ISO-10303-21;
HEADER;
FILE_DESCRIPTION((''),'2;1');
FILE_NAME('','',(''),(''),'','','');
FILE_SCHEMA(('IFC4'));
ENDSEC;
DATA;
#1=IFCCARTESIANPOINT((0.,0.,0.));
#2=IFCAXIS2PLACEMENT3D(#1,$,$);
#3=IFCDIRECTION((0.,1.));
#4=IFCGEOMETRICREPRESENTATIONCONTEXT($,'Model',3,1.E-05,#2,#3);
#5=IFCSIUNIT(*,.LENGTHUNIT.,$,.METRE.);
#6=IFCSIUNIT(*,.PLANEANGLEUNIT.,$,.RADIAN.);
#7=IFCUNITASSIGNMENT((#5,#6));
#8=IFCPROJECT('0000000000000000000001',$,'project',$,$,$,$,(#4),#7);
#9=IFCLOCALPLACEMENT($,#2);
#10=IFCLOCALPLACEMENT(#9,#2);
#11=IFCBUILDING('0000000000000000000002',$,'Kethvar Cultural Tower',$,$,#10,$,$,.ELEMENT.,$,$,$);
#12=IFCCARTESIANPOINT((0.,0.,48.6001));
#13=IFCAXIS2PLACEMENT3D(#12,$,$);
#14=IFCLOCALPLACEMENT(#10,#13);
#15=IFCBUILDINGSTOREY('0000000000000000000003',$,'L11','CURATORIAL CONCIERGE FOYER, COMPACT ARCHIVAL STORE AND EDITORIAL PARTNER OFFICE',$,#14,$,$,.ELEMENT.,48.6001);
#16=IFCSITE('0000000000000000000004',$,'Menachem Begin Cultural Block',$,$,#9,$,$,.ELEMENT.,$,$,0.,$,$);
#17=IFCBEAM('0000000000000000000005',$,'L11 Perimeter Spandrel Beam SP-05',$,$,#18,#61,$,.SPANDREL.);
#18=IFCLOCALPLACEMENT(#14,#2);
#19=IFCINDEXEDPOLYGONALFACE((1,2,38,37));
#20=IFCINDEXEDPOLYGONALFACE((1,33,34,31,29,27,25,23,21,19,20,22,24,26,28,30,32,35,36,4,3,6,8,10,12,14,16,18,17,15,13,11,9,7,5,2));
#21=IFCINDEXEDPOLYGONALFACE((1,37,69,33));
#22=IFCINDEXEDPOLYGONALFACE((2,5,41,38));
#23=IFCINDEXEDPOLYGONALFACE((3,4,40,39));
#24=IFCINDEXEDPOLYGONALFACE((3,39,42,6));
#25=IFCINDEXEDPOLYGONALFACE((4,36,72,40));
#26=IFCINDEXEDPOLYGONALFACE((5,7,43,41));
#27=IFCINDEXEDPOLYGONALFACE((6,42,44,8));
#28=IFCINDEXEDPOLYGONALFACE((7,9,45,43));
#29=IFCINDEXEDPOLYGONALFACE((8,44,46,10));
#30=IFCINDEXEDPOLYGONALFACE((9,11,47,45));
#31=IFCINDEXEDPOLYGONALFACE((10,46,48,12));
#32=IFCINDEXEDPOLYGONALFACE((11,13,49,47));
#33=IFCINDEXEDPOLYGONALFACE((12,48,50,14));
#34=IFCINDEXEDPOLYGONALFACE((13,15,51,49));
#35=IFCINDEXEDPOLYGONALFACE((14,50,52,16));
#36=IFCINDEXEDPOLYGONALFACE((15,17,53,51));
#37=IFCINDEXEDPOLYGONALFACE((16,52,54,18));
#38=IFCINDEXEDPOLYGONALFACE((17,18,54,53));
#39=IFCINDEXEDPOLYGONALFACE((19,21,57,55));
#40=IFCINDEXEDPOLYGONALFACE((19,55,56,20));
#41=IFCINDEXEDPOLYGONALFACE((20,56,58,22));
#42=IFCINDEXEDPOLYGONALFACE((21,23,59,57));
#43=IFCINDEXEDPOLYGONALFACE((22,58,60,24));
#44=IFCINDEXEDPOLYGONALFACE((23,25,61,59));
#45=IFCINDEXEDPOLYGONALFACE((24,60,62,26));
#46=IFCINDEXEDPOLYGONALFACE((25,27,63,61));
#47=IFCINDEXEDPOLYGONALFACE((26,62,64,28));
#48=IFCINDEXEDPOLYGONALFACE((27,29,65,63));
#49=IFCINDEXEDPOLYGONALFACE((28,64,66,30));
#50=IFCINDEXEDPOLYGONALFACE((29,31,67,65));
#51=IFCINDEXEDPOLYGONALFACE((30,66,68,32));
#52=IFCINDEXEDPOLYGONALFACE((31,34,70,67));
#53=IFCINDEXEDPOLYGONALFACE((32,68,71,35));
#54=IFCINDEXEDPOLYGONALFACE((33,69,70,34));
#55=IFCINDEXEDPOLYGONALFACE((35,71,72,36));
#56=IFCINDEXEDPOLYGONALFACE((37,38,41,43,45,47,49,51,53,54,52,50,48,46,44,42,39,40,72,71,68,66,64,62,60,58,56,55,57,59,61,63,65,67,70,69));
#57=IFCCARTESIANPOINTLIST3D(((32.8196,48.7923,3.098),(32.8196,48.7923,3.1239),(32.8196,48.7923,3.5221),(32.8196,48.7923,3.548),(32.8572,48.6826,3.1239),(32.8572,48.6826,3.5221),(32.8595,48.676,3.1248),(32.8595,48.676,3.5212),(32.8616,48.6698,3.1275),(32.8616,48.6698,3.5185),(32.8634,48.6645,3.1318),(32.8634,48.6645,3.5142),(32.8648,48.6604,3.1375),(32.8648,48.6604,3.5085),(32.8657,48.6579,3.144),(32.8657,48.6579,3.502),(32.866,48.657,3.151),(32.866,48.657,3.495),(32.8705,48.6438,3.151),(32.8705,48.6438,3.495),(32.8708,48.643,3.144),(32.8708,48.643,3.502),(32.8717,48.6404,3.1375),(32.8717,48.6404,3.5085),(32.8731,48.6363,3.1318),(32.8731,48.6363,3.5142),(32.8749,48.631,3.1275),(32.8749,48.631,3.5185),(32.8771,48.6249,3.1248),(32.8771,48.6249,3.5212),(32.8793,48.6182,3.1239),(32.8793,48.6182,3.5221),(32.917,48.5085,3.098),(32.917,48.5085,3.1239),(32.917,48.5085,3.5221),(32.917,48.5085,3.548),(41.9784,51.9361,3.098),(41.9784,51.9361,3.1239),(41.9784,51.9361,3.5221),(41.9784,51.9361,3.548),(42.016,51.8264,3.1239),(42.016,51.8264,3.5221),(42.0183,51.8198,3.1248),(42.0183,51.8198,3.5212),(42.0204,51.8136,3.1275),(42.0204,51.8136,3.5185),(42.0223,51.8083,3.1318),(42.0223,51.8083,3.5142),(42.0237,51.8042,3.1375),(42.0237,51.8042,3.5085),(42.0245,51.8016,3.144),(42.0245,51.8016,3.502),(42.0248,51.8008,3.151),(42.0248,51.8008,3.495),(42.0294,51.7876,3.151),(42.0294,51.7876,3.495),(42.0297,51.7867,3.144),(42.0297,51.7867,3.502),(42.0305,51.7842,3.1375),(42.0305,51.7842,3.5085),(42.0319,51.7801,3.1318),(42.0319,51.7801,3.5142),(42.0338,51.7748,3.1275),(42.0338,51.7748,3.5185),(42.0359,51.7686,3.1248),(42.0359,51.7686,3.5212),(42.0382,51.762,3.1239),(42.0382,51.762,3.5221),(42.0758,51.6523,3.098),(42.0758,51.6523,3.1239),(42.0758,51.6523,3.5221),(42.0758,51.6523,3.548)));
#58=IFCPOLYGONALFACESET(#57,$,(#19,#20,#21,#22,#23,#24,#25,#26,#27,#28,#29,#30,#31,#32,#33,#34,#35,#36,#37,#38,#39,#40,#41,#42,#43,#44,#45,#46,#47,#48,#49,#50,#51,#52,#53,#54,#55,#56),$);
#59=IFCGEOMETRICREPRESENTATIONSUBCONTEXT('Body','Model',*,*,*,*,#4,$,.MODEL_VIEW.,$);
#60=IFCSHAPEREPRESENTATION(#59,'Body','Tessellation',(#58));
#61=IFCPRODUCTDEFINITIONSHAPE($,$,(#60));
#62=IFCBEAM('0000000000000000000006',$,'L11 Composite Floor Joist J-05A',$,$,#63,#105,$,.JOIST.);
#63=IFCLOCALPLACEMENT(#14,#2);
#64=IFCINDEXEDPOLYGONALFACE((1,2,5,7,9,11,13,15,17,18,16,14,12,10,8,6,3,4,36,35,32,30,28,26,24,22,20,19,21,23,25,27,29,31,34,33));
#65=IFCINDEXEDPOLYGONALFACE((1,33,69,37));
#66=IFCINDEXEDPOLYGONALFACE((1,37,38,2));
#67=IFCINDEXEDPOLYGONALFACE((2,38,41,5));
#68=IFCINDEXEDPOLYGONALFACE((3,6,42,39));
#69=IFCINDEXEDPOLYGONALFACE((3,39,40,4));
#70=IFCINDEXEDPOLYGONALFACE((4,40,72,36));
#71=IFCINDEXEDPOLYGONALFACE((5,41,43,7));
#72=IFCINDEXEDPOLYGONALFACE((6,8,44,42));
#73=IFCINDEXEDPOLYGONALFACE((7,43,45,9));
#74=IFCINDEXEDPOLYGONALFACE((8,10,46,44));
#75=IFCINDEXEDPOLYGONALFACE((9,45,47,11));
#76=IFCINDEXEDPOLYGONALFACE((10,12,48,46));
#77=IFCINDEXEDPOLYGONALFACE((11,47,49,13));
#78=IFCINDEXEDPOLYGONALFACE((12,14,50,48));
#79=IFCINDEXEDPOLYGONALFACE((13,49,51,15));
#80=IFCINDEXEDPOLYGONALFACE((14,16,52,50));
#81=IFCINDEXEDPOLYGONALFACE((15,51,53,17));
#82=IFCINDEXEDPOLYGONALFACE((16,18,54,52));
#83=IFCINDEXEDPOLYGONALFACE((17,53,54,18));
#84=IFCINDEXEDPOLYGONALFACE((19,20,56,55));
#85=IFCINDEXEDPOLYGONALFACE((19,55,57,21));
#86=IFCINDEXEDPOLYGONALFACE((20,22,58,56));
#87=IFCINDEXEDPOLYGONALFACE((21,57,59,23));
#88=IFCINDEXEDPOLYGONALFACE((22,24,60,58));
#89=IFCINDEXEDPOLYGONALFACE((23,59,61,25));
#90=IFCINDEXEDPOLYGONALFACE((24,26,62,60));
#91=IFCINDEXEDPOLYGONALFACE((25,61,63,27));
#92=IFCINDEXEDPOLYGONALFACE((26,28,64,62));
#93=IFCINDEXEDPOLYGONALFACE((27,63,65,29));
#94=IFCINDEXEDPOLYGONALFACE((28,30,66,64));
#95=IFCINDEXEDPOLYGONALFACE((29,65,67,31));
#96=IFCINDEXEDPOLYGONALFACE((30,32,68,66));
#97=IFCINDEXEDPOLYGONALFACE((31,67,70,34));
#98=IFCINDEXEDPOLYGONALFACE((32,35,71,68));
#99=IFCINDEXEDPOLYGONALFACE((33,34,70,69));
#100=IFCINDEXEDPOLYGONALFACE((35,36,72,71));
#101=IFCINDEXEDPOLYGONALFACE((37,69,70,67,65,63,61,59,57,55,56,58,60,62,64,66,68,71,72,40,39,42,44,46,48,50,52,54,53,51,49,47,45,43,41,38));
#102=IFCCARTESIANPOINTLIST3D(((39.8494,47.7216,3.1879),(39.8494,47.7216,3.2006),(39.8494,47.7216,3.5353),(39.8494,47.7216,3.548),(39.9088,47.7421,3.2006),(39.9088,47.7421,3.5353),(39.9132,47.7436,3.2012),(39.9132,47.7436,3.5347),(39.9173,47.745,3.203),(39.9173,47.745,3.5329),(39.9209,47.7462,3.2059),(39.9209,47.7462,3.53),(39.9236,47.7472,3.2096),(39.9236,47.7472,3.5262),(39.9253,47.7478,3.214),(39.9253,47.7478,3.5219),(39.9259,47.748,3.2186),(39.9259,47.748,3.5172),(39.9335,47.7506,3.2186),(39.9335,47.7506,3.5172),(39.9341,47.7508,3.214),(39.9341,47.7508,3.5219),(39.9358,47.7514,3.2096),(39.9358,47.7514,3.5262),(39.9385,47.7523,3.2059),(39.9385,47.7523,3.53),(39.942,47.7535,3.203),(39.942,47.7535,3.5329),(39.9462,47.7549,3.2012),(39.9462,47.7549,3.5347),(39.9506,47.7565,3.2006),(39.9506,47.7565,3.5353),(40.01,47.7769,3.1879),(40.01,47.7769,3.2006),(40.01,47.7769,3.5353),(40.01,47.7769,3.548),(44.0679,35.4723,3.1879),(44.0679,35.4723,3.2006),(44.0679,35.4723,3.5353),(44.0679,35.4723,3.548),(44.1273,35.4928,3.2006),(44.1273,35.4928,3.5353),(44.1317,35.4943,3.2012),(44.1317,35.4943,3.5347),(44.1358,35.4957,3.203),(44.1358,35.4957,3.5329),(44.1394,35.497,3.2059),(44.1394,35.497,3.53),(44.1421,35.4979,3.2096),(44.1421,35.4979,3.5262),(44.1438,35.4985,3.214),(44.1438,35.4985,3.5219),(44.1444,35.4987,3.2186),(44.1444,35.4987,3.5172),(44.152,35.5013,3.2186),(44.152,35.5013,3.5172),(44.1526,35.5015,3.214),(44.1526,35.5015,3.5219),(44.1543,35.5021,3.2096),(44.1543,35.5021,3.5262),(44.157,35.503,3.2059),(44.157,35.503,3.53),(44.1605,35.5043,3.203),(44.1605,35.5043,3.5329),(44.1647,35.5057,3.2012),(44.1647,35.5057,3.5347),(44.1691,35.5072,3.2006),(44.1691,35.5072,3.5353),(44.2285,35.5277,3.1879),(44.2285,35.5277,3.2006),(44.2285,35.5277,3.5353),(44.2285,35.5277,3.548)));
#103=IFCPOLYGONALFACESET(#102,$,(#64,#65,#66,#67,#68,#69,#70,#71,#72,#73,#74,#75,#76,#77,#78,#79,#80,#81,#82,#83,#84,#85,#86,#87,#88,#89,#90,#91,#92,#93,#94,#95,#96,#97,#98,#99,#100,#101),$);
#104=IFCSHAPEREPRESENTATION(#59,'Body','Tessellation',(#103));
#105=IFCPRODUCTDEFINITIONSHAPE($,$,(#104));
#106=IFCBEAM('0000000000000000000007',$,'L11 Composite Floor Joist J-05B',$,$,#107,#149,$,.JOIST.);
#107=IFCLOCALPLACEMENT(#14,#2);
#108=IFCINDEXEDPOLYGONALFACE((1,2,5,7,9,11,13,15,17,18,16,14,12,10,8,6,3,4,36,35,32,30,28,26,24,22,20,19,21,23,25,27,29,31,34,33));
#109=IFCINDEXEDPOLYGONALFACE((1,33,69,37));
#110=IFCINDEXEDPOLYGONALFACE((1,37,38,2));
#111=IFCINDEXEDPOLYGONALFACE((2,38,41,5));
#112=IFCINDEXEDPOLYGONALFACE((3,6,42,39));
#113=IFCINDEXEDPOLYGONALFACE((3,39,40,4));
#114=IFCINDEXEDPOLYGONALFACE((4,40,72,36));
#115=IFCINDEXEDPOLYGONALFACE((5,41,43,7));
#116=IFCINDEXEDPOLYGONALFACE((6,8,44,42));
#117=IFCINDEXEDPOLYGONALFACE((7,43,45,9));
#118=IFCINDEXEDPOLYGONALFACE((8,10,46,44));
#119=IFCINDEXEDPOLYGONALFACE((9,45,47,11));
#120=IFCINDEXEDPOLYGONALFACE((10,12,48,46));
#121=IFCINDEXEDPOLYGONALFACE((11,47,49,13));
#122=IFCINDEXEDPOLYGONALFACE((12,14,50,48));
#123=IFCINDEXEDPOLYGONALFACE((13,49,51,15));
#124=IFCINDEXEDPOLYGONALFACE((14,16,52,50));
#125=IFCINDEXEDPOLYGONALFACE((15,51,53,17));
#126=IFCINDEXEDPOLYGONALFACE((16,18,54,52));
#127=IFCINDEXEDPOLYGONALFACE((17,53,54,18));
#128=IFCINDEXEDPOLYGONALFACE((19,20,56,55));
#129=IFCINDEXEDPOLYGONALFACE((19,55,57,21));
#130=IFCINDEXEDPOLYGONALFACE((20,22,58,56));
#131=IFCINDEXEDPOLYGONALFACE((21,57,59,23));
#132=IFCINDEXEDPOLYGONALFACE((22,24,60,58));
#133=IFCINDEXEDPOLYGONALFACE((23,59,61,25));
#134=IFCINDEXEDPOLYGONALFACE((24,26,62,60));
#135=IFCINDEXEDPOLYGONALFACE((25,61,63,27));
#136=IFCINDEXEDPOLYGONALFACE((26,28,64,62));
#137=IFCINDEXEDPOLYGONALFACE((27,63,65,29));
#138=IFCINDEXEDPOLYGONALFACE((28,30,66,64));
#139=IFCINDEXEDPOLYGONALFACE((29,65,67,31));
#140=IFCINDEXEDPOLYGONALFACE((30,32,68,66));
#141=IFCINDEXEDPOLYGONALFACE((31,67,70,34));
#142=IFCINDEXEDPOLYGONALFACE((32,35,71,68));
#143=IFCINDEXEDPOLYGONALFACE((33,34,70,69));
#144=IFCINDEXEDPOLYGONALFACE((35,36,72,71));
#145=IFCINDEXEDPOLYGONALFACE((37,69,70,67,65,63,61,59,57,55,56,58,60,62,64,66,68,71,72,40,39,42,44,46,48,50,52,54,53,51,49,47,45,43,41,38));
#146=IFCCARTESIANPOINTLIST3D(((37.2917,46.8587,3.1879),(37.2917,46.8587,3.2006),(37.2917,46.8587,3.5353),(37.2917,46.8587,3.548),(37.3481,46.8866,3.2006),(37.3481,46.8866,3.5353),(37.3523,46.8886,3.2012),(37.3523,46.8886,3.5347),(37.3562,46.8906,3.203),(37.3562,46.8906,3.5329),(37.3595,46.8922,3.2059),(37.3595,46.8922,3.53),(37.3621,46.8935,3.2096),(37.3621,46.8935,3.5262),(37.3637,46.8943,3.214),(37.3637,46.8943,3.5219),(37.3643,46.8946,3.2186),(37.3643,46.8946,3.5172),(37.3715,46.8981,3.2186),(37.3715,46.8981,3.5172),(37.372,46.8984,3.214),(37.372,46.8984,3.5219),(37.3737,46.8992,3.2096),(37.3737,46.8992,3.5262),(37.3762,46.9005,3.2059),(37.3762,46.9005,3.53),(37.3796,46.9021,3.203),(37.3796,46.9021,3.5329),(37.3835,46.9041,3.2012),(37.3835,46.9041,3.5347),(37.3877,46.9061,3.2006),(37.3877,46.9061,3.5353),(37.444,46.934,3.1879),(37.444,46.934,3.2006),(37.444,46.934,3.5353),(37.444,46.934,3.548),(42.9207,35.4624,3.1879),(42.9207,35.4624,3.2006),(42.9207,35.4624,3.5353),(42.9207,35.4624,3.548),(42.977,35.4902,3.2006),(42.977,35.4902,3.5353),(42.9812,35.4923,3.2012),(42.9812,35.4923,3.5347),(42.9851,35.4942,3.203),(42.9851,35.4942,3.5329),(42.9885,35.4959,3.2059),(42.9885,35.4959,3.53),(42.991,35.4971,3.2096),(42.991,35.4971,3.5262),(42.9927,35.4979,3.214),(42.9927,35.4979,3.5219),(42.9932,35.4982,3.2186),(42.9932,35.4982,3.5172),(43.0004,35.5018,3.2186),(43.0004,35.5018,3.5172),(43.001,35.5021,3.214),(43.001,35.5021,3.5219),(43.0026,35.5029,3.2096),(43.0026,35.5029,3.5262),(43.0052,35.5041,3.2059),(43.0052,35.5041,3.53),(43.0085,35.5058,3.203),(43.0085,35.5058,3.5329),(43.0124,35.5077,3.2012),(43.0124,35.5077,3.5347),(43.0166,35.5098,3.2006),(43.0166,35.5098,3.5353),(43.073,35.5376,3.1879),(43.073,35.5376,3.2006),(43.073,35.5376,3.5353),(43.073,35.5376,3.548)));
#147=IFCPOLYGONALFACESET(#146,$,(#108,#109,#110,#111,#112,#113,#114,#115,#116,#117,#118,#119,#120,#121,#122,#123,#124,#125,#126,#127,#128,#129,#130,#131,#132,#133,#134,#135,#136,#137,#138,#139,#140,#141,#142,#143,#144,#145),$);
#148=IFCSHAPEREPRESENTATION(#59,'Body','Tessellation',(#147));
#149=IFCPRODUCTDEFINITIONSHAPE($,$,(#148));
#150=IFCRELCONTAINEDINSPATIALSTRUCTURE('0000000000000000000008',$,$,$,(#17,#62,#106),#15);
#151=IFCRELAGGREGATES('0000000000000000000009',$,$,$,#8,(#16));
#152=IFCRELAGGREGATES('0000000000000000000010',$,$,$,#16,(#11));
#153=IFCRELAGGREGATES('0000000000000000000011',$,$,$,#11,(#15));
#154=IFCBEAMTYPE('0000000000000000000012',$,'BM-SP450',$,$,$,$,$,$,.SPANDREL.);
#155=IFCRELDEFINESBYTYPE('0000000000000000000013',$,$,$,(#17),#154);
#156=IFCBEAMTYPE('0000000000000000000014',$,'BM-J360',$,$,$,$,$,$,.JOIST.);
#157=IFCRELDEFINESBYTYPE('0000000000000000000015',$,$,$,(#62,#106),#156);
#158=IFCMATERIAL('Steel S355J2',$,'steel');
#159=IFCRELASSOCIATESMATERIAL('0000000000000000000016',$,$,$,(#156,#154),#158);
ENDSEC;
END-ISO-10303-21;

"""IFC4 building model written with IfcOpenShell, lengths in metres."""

from ifc_helpers import new_model, si_unit, direction, frame, origin, origin_2d, place, context, subcontext, project, spatial, i_section, extrude, source, transform, mapped, material, material_profile, profile_set, type_object, element, save


model = new_model("IFC4")

# Units and contexts
model_context = context("Model", 3, precision=1e-05, world=origin(), true_north=direction((0.0, 1.0)))
body_context = subcontext(model_context, "Body", "Model", "MODEL_VIEW")
ifc_project = project(units=[si_unit("LENGTHUNIT", "METRE"), si_unit("PLANEANGLEUNIT", "RADIAN")], contexts=[model_context])

# Site, building, storey
site_placement = place(None, origin())
site = spatial("IfcSite", under=ifc_project, at=site_placement, Name="Menachem Begin Cultural Block", CompositionType="ELEMENT", RefElevation=0.0)
building_placement = place(site_placement, origin())
building = spatial("IfcBuilding", under=site, at=building_placement, Name="Kethvar Cultural Tower", CompositionType="ELEMENT")
storey_placement = place(building_placement, frame((0.0, 0.0, 48.6001)))
storey = spatial("IfcBuildingStorey", under=building, at=storey_placement, Name="L11", Description="CURATORIAL CONCIERGE FOYER, COMPACT ARCHIVAL STORE AND EDITORIAL PARTNER OFFICE", CompositionType="ELEMENT", Elevation=48.6001)

# Beams
ifc_material_1 = material(Name="Steel S355J2", Category="steel")
ifc_material_profile_1 = material_profile(ifc_material_1, i_section(OverallWidth=0.1699, OverallDepth=0.3601, WebThickness=0.0081, FlangeThickness=0.0127, FilletRadius=0.0181, at=origin_2d()), Name="Steel S355J2 — IPE360")
ifc_profile_set_1 = profile_set([ifc_material_profile_1], Name="Steel S355J2 — IPE360")
beam_type_1 = type_object("IfcBeamType", Name="BM-J360", PredefinedType="JOIST", material=ifc_profile_set_1)
ifc_material_profile_2 = material_profile(ifc_material_1, i_section(OverallWidth=0.3, OverallDepth=0.45, WebThickness=0.0139, FlangeThickness=0.0259, FilletRadius=0.0271, at=origin_2d()), Name="Steel S355J2 — HEB450")
ifc_profile_set_2 = profile_set([ifc_material_profile_2], Name="Steel S355J2 — HEB450")
beam_type_2 = type_object("IfcBeamType", Name="BM-SP450", PredefinedType="SPANDREL", material=ifc_profile_set_2)
shared_shape_1 = source(origin(), body_context, "Body", "SweptSolid", [
    extrude(i_section(OverallWidth=0.3, OverallDepth=0.45, WebThickness=0.0139, FlangeThickness=0.0259, FilletRadius=0.0271, at=origin_2d()), origin(), (0.0, 0.0, 1.0), 9.6833),
])
beam_1_placement = place(storey_placement, frame((42.0271, 51.7942, 3.323), z_axis=(-0.945832, -0.324656, 0.0), x_axis=(0.324656, -0.945832, 0.0)))
element("IfcBeam", 1, at=beam_1_placement, inside=storey, type_object=beam_type_2, Name="L11 Perimeter Spandrel Beam SP-05", PredefinedType="SPANDREL", context=body_context, shape_type="MappedRepresentation", body=[
    mapped(shared_shape_1, transform((0.0, 0.0, 0.0), scale=1.0)),
])
shared_shape_2 = source(origin(), body_context, "Body", "SweptSolid", [
    extrude(i_section(OverallWidth=0.1699, OverallDepth=0.3601, WebThickness=0.0081, FlangeThickness=0.0127, FilletRadius=0.0181, at=origin_2d()), origin(), (0.0, 0.0, 1.0), 12.9553),
])
beam_2_placement = place(storey_placement, frame((44.1482, 35.5, 3.3679), z_axis=(-0.32562, 0.945501, 0.0), x_axis=(-0.945501, -0.32562, 0.0)))
element("IfcBeam", 2, at=beam_2_placement, inside=storey, type_object=beam_type_1, Name="L11 Composite Floor Joist J-05A", PredefinedType="JOIST", context=body_context, shape_type="MappedRepresentation", body=[
    mapped(shared_shape_2, transform((0.0, 0.0, 0.0), scale=1.0)),
])
shared_shape_3 = source(origin(), body_context, "Body", "SweptSolid", [
    extrude(i_section(OverallWidth=0.1699, OverallDepth=0.3601, WebThickness=0.0081, FlangeThickness=0.0127, FilletRadius=0.0181, at=origin_2d()), origin(), (0.0, 0.0, 1.0), 12.7107),
])
beam_3_placement = place(storey_placement, frame((42.9968, 35.5, 3.3679), z_axis=(-0.442852, 0.896595, 0.0), x_axis=(-0.896595, -0.442852, 0.0)))
element("IfcBeam", 3, at=beam_3_placement, inside=storey, type_object=beam_type_1, Name="L11 Composite Floor Joist J-05B", PredefinedType="JOIST", context=body_context, shape_type="MappedRepresentation", body=[
    mapped(shared_shape_3, transform((0.0, 0.0, 0.0), scale=1.0)),
])

save(model, "model.ifc")
